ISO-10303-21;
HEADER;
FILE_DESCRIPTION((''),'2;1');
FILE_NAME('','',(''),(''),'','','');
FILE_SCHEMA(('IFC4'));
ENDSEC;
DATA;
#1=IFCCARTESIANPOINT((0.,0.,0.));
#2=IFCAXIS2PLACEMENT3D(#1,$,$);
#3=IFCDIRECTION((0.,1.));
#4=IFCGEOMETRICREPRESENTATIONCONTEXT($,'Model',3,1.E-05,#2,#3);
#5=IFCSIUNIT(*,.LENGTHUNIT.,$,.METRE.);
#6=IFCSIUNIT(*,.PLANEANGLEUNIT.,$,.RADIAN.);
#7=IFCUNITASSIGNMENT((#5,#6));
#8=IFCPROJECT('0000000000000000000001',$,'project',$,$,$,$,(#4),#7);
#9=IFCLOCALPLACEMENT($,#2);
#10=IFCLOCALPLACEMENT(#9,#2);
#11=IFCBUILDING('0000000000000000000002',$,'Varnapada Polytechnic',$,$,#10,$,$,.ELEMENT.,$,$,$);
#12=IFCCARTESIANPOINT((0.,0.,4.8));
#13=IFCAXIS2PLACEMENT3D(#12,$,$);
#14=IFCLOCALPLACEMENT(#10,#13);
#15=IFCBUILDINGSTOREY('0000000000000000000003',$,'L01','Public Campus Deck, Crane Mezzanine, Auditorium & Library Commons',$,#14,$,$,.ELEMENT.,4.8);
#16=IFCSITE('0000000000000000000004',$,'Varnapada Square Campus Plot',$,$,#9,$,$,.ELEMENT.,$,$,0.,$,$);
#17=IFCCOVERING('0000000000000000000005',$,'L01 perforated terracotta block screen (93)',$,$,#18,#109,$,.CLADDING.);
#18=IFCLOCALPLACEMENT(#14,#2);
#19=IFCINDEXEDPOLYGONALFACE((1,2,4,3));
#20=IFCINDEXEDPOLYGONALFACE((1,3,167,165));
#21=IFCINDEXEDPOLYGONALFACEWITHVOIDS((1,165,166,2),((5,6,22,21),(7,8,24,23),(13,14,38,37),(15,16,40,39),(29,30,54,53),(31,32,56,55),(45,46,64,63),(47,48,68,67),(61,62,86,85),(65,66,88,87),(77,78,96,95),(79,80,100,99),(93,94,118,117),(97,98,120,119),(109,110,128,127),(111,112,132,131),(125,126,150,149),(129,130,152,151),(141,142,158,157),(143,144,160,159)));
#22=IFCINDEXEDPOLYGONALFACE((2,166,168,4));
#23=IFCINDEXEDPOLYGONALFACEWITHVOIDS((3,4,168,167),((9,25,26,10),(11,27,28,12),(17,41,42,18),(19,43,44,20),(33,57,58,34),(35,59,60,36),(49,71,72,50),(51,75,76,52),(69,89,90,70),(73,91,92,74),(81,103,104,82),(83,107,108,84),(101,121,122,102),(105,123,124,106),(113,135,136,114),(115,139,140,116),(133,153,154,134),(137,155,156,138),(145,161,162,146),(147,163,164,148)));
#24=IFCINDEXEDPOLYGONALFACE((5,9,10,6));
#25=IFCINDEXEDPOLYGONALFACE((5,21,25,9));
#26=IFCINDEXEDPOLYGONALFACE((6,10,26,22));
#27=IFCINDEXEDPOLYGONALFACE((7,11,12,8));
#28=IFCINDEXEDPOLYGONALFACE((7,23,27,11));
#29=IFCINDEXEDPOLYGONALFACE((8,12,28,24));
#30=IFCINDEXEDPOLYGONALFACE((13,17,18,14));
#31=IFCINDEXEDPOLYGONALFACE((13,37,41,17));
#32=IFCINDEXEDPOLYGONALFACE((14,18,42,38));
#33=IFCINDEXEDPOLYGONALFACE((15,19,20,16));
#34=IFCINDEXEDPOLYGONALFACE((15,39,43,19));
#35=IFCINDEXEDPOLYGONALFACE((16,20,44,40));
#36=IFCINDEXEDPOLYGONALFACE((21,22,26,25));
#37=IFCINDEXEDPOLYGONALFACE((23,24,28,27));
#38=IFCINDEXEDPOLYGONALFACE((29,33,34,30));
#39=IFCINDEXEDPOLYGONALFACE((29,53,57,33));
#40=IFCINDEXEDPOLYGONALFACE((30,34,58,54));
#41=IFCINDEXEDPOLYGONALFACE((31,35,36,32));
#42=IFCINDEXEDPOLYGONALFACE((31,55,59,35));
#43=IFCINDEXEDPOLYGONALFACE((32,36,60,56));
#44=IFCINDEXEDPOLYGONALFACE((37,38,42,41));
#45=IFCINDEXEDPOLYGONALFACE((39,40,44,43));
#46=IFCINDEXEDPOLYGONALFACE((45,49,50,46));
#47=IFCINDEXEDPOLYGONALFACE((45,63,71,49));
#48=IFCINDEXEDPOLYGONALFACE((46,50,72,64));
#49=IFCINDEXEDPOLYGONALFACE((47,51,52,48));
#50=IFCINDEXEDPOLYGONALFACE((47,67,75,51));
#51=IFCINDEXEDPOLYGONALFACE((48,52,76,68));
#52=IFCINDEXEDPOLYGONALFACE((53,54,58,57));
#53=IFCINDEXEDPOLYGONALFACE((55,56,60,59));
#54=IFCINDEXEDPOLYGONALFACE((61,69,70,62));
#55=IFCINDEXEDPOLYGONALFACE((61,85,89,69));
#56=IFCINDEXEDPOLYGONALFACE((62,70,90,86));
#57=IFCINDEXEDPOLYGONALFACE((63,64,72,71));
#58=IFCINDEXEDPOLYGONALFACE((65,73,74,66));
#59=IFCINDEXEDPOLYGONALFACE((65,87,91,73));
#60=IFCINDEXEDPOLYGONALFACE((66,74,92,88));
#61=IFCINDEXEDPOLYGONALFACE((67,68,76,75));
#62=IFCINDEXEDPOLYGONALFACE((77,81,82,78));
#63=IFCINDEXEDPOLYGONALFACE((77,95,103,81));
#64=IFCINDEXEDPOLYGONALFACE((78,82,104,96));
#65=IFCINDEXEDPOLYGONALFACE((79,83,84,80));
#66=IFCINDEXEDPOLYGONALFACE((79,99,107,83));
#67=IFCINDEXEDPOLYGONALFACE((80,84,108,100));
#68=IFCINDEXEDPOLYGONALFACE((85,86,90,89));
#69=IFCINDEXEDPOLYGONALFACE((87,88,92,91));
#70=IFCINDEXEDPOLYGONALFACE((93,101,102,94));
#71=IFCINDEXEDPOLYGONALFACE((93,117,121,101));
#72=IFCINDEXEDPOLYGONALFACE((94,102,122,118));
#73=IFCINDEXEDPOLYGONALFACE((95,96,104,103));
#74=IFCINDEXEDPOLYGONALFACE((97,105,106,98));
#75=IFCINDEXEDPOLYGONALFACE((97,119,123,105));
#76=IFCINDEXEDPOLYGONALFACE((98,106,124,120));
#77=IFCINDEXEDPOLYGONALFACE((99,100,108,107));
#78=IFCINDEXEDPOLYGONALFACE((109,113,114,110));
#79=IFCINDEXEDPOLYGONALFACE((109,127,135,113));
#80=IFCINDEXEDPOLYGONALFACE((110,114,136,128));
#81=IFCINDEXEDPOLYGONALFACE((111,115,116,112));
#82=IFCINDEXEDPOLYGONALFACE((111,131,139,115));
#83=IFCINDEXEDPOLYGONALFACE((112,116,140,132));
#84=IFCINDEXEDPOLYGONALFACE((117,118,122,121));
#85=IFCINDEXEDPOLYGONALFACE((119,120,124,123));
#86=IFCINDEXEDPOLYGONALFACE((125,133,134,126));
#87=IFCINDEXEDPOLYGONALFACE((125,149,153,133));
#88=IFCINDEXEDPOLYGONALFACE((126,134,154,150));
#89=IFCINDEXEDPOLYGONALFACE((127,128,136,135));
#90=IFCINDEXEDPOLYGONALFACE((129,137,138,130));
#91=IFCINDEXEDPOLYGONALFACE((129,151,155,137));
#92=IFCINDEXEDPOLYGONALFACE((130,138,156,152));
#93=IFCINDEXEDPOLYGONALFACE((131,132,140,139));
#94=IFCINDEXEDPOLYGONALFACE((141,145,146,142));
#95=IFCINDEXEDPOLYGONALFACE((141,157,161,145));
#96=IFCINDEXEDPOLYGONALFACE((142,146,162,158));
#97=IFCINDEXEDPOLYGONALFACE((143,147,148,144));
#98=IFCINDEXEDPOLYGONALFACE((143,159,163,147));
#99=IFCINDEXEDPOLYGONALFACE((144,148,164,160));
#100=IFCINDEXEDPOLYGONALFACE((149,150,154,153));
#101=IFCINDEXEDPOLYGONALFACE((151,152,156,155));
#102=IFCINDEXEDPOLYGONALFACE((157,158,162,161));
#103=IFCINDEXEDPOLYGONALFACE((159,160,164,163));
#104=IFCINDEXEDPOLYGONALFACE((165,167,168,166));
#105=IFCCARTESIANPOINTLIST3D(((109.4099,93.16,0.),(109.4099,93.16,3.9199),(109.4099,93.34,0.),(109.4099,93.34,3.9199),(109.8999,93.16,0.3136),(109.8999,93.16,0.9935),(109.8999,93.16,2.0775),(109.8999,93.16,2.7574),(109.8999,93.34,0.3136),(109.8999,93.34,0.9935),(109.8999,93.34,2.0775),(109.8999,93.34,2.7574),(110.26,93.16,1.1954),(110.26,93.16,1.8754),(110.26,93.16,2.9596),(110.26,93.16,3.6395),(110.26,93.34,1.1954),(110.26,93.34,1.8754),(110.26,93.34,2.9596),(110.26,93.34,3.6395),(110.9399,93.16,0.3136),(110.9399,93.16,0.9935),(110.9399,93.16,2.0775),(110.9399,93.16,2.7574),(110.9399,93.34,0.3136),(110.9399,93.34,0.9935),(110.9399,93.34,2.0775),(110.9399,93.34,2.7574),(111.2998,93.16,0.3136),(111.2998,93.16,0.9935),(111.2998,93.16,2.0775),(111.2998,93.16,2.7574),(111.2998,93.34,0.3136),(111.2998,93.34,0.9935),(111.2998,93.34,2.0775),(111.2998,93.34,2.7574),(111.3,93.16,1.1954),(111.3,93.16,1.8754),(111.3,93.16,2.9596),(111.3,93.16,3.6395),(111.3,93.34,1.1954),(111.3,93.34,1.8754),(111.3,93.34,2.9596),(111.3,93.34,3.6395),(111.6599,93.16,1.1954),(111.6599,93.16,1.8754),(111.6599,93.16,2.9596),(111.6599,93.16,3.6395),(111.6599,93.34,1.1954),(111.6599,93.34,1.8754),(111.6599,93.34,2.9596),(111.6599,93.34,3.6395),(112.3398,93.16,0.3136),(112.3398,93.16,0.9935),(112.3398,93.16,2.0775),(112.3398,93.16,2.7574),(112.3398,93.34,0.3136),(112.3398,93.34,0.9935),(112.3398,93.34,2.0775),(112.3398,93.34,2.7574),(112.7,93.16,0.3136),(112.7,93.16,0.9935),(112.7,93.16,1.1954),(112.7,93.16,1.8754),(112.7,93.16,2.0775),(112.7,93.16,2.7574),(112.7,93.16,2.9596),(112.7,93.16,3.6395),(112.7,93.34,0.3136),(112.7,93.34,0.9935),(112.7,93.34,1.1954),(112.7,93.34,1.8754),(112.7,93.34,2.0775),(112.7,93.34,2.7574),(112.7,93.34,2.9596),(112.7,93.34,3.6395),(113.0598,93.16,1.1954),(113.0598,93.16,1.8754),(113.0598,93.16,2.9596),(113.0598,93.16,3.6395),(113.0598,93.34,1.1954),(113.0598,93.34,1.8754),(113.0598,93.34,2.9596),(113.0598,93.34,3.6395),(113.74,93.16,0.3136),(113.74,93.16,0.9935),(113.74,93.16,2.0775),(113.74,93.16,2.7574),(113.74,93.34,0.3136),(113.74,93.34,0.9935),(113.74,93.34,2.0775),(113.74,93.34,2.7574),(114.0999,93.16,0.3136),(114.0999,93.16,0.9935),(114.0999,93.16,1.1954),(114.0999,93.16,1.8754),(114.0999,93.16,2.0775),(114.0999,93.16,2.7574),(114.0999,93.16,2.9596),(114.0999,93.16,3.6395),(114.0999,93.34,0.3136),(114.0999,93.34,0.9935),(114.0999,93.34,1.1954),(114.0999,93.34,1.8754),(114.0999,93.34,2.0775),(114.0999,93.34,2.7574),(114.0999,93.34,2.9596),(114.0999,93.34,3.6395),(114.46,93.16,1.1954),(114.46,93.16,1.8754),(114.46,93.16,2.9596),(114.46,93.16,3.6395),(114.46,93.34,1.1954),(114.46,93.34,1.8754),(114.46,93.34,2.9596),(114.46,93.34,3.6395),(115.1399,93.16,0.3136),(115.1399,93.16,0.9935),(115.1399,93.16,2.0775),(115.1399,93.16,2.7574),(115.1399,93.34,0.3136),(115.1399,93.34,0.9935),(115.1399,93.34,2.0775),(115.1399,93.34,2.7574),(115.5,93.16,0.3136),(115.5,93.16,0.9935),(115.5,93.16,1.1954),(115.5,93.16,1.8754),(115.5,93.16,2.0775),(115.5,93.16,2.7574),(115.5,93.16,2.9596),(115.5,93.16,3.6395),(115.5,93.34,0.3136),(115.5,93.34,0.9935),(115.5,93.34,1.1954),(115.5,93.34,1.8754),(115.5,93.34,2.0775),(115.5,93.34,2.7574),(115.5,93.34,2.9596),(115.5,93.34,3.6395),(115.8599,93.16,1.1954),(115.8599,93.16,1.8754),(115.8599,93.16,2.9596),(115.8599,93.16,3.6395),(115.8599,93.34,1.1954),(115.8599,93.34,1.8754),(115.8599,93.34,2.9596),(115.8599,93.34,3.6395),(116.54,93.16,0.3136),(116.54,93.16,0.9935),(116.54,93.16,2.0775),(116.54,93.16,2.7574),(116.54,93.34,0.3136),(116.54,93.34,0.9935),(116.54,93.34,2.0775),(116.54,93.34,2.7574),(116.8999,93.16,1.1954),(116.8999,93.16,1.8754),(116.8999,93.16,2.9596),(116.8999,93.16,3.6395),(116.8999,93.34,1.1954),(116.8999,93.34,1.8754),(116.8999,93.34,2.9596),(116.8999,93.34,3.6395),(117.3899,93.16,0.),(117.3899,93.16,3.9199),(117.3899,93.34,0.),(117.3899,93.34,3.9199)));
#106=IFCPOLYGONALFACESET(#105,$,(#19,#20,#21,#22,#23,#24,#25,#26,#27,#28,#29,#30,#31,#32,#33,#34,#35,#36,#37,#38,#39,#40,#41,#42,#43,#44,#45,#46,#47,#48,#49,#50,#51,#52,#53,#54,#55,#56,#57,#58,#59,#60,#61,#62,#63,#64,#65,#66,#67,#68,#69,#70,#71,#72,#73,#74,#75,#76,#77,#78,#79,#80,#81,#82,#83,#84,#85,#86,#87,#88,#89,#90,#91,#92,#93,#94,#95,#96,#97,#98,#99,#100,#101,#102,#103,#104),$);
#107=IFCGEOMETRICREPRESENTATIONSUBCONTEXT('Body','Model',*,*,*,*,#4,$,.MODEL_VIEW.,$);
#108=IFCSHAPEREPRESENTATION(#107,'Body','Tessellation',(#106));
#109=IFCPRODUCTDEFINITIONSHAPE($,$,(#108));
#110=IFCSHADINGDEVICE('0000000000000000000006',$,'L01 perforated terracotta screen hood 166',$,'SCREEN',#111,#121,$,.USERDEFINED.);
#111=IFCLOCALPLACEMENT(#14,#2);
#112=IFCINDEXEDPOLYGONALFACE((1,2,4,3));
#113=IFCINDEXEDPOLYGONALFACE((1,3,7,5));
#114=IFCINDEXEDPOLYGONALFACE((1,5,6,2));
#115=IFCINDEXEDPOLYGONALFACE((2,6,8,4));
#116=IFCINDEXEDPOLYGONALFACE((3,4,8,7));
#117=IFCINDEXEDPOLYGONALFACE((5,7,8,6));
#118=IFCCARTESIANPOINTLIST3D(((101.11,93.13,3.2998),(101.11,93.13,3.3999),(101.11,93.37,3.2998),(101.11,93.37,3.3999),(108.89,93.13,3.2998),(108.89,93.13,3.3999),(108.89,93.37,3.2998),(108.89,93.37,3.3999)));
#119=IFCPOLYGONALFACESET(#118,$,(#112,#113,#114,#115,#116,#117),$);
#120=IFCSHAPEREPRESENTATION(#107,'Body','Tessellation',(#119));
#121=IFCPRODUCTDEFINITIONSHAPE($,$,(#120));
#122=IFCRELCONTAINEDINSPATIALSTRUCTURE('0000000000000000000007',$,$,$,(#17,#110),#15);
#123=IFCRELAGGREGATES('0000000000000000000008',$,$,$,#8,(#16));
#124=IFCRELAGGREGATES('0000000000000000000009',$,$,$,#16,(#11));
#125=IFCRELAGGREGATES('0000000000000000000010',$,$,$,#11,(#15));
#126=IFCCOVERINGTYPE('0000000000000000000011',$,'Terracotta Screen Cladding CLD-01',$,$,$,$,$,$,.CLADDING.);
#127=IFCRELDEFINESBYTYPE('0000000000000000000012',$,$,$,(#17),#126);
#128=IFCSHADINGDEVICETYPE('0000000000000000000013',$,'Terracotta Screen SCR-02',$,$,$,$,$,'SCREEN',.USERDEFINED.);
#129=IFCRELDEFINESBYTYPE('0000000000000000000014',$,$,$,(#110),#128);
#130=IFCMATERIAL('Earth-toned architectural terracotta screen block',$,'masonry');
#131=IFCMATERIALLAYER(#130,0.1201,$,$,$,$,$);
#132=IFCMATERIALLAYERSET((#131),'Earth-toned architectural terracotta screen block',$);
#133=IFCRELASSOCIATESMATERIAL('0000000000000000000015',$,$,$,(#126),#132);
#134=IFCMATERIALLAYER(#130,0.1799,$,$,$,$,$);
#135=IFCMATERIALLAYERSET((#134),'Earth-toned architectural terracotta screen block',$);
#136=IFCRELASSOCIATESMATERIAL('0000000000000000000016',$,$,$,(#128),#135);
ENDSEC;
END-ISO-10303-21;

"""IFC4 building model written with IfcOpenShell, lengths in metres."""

from ifc_helpers import new_model, si_unit, direction, frame, frame_2d, origin, origin_2d, place, context, subcontext, project, spatial, rectangle, extrude, material, layer, layer_set, type_object, element, save


model = new_model("IFC4")

# Units and contexts
model_context = context("Model", 3, precision=1e-05, world=origin(), true_north=direction((0.0, 1.0)))
body_context = subcontext(model_context, "Body", "Model", "MODEL_VIEW")
ifc_project = project(units=[si_unit("LENGTHUNIT", "METRE"), si_unit("PLANEANGLEUNIT", "RADIAN")], contexts=[model_context])

# Site, building, storey
site_placement = place(None, origin())
site = spatial("IfcSite", under=ifc_project, at=site_placement, Name="Varnapada Square Campus Plot", CompositionType="ELEMENT", RefElevation=0.0)
building_placement = place(site_placement, origin())
building = spatial("IfcBuilding", under=site, at=building_placement, Name="Varnapada Polytechnic", CompositionType="ELEMENT")
storey_placement = place(building_placement, frame((0.0, 0.0, 4.8)))
storey = spatial("IfcBuildingStorey", under=building, at=storey_placement, Name="L01", Description="Public Campus Deck, Crane Mezzanine, Auditorium & Library Commons", CompositionType="ELEMENT", Elevation=4.8)

# Covering, openings
ifc_material_1 = material(Name="Earth-toned architectural terracotta screen block", Category="masonry")
ifc_layer_1 = layer(ifc_material_1, 0.1201)
ifc_layer_set_1 = layer_set([ifc_layer_1], Name="Earth-toned architectural terracotta screen block")
covering_type = type_object("IfcCoveringType", Name="Terracotta Screen Cladding CLD-01", PredefinedType="CLADDING", material=ifc_layer_set_1)
covering_placement = place(storey_placement, frame((109.4099, 93.25, 0.0), z_axis=(0.0, 0.0, 1.0), x_axis=(1.0, 0.0, 0.0)))
covering = element("IfcCovering", 1, at=covering_placement, inside=storey, type_object=covering_type, Name="L01 perforated terracotta block screen (93)", PredefinedType="CLADDING", context=body_context, shape_type="SweptSolid", body=[
    extrude(rectangle(XDim=7.98, YDim=0.1799, at=frame_2d((3.99, 0.0))), origin(), (0.0, 0.0, 1.0), 3.9199),
])
opening_1_placement = place(covering_placement, frame((0.49, 0.0, 0.3137)))
element("IfcOpeningElement", 2, at=opening_1_placement, cuts=covering, PredefinedType="OPENING", context=body_context, shape_type="SweptSolid", body=[
    extrude(rectangle(XDim=1.04, YDim=0.6799, at=frame_2d((0.52, 0.3398))), frame((0.0, 0.0999, 0.0), z_axis=(0.0, -1.0, 0.0), x_axis=(1.0, 0.0, 0.0)), (0.0, 0.0, 1.0), 0.2),
])
opening_2_placement = place(covering_placement, frame((1.8899, 0.0, 0.3137)))
element("IfcOpeningElement", 3, at=opening_2_placement, cuts=covering, PredefinedType="OPENING", context=body_context, shape_type="SweptSolid", body=[
    extrude(rectangle(XDim=1.04, YDim=0.6799, at=frame_2d((0.52, 0.3398))), frame((0.0, 0.0999, 0.0), z_axis=(0.0, -1.0, 0.0), x_axis=(1.0, 0.0, 0.0)), (0.0, 0.0, 1.0), 0.2),
])
opening_3_placement = place(covering_placement, frame((3.29, 0.0, 0.3137)))
element("IfcOpeningElement", 4, at=opening_3_placement, cuts=covering, PredefinedType="OPENING", context=body_context, shape_type="SweptSolid", body=[
    extrude(rectangle(XDim=1.04, YDim=0.6799, at=frame_2d((0.52, 0.3398))), frame((0.0, 0.0999, 0.0), z_axis=(0.0, -1.0, 0.0), x_axis=(1.0, 0.0, 0.0)), (0.0, 0.0, 1.0), 0.2),
])
opening_4_placement = place(covering_placement, frame((4.6899, 0.0, 0.3137)))
element("IfcOpeningElement", 5, at=opening_4_placement, cuts=covering, PredefinedType="OPENING", context=body_context, shape_type="SweptSolid", body=[
    extrude(rectangle(XDim=1.04, YDim=0.6799, at=frame_2d((0.52, 0.3398))), frame((0.0, 0.0999, 0.0), z_axis=(0.0, -1.0, 0.0), x_axis=(1.0, 0.0, 0.0)), (0.0, 0.0, 1.0), 0.2),
])
opening_5_placement = place(covering_placement, frame((6.0901, 0.0, 0.3137)))
element("IfcOpeningElement", 6, at=opening_5_placement, cuts=covering, PredefinedType="OPENING", context=body_context, shape_type="SweptSolid", body=[
    extrude(rectangle(XDim=1.04, YDim=0.6799, at=frame_2d((0.52, 0.3398))), frame((0.0, 0.0999, 0.0), z_axis=(0.0, -1.0, 0.0), x_axis=(1.0, 0.0, 0.0)), (0.0, 0.0, 1.0), 0.2),
])
opening_6_placement = place(covering_placement, frame((0.8501, 0.0, 1.1956)))
element("IfcOpeningElement", 7, at=opening_6_placement, cuts=covering, PredefinedType="OPENING", context=body_context, shape_type="SweptSolid", body=[
    extrude(rectangle(XDim=1.04, YDim=0.6799, at=frame_2d((0.52, 0.3398))), frame((0.0, 0.0999, 0.0), z_axis=(0.0, -1.0, 0.0), x_axis=(1.0, 0.0, 0.0)), (0.0, 0.0, 1.0), 0.2),
])
opening_7_placement = place(covering_placement, frame((2.25, 0.0, 1.1956)))
element("IfcOpeningElement", 8, at=opening_7_placement, cuts=covering, PredefinedType="OPENING", context=body_context, shape_type="SweptSolid", body=[
    extrude(rectangle(XDim=1.04, YDim=0.6799, at=frame_2d((0.52, 0.3398))), frame((0.0, 0.0999, 0.0), z_axis=(0.0, -1.0, 0.0), x_axis=(1.0, 0.0, 0.0)), (0.0, 0.0, 1.0), 0.2),
])
opening_8_placement = place(covering_placement, frame((3.6499, 0.0, 1.1956)))
element("IfcOpeningElement", 9, at=opening_8_placement, cuts=covering, PredefinedType="OPENING", context=body_context, shape_type="SweptSolid", body=[
    extrude(rectangle(XDim=1.04, YDim=0.6799, at=frame_2d((0.52, 0.3398))), frame((0.0, 0.0999, 0.0), z_axis=(0.0, -1.0, 0.0), x_axis=(1.0, 0.0, 0.0)), (0.0, 0.0, 1.0), 0.2),
])
opening_9_placement = place(covering_placement, frame((5.05, 0.0, 1.1956)))
element("IfcOpeningElement", 10, at=opening_9_placement, cuts=covering, PredefinedType="OPENING", context=body_context, shape_type="SweptSolid", body=[
    extrude(rectangle(XDim=1.04, YDim=0.6799, at=frame_2d((0.52, 0.3398))), frame((0.0, 0.0999, 0.0), z_axis=(0.0, -1.0, 0.0), x_axis=(1.0, 0.0, 0.0)), (0.0, 0.0, 1.0), 0.2),
])
opening_10_placement = place(covering_placement, frame((6.45, 0.0, 1.1956)))
element("IfcOpeningElement", 11, at=opening_10_placement, cuts=covering, PredefinedType="OPENING", context=body_context, shape_type="SweptSolid", body=[
    extrude(rectangle(XDim=1.04, YDim=0.6799, at=frame_2d((0.52, 0.3398))), frame((0.0, 0.0999, 0.0), z_axis=(0.0, -1.0, 0.0), x_axis=(1.0, 0.0, 0.0)), (0.0, 0.0, 1.0), 0.2),
])
opening_11_placement = place(covering_placement, frame((0.49, 0.0, 2.0776)))
element("IfcOpeningElement", 12, at=opening_11_placement, cuts=covering, PredefinedType="OPENING", context=body_context, shape_type="SweptSolid", body=[
    extrude(rectangle(XDim=1.04, YDim=0.6799, at=frame_2d((0.52, 0.3398))), frame((0.0, 0.0999, 0.0), z_axis=(0.0, -1.0, 0.0), x_axis=(1.0, 0.0, 0.0)), (0.0, 0.0, 1.0), 0.2),
])
opening_12_placement = place(covering_placement, frame((1.8899, 0.0, 2.0776)))
element("IfcOpeningElement", 13, at=opening_12_placement, cuts=covering, PredefinedType="OPENING", context=body_context, shape_type="SweptSolid", body=[
    extrude(rectangle(XDim=1.04, YDim=0.6799, at=frame_2d((0.52, 0.3398))), frame((0.0, 0.0999, 0.0), z_axis=(0.0, -1.0, 0.0), x_axis=(1.0, 0.0, 0.0)), (0.0, 0.0, 1.0), 0.2),
])
opening_13_placement = place(covering_placement, frame((3.29, 0.0, 2.0776)))
element("IfcOpeningElement", 14, at=opening_13_placement, cuts=covering, PredefinedType="OPENING", context=body_context, shape_type="SweptSolid", body=[
    extrude(rectangle(XDim=1.04, YDim=0.6799, at=frame_2d((0.52, 0.3398))), frame((0.0, 0.0999, 0.0), z_axis=(0.0, -1.0, 0.0), x_axis=(1.0, 0.0, 0.0)), (0.0, 0.0, 1.0), 0.2),
])
opening_14_placement = place(covering_placement, frame((4.6899, 0.0, 2.0776)))
element("IfcOpeningElement", 15, at=opening_14_placement, cuts=covering, PredefinedType="OPENING", context=body_context, shape_type="SweptSolid", body=[
    extrude(rectangle(XDim=1.04, YDim=0.6799, at=frame_2d((0.52, 0.3398))), frame((0.0, 0.0999, 0.0), z_axis=(0.0, -1.0, 0.0), x_axis=(1.0, 0.0, 0.0)), (0.0, 0.0, 1.0), 0.2),
])
opening_15_placement = place(covering_placement, frame((6.0901, 0.0, 2.0776)))
element("IfcOpeningElement", 16, at=opening_15_placement, cuts=covering, PredefinedType="OPENING", context=body_context, shape_type="SweptSolid", body=[
    extrude(rectangle(XDim=1.04, YDim=0.6799, at=frame_2d((0.52, 0.3398))), frame((0.0, 0.0999, 0.0), z_axis=(0.0, -1.0, 0.0), x_axis=(1.0, 0.0, 0.0)), (0.0, 0.0, 1.0), 0.2),
])
opening_16_placement = place(covering_placement, frame((0.8501, 0.0, 2.9597)))
element("IfcOpeningElement", 17, at=opening_16_placement, cuts=covering, PredefinedType="OPENING", context=body_context, shape_type="SweptSolid", body=[
    extrude(rectangle(XDim=1.04, YDim=0.6799, at=frame_2d((0.52, 0.3398))), frame((0.0, 0.0999, 0.0), z_axis=(0.0, -1.0, 0.0), x_axis=(1.0, 0.0, 0.0)), (0.0, 0.0, 1.0), 0.2),
])
opening_17_placement = place(covering_placement, frame((2.25, 0.0, 2.9597)))
element("IfcOpeningElement", 18, at=opening_17_placement, cuts=covering, PredefinedType="OPENING", context=body_context, shape_type="SweptSolid", body=[
    extrude(rectangle(XDim=1.04, YDim=0.6799, at=frame_2d((0.52, 0.3398))), frame((0.0, 0.0999, 0.0), z_axis=(0.0, -1.0, 0.0), x_axis=(1.0, 0.0, 0.0)), (0.0, 0.0, 1.0), 0.2),
])
opening_18_placement = place(covering_placement, frame((3.6499, 0.0, 2.9597)))
element("IfcOpeningElement", 19, at=opening_18_placement, cuts=covering, PredefinedType="OPENING", context=body_context, shape_type="SweptSolid", body=[
    extrude(rectangle(XDim=1.04, YDim=0.6799, at=frame_2d((0.52, 0.3398))), frame((0.0, 0.0999, 0.0), z_axis=(0.0, -1.0, 0.0), x_axis=(1.0, 0.0, 0.0)), (0.0, 0.0, 1.0), 0.2),
])
opening_19_placement = place(covering_placement, frame((5.05, 0.0, 2.9597)))
element("IfcOpeningElement", 20, at=opening_19_placement, cuts=covering, PredefinedType="OPENING", context=body_context, shape_type="SweptSolid", body=[
    extrude(rectangle(XDim=1.04, YDim=0.6799, at=frame_2d((0.52, 0.3398))), frame((0.0, 0.0999, 0.0), z_axis=(0.0, -1.0, 0.0), x_axis=(1.0, 0.0, 0.0)), (0.0, 0.0, 1.0), 0.2),
])
opening_20_placement = place(covering_placement, frame((6.45, 0.0, 2.9597)))
element("IfcOpeningElement", 21, at=opening_20_placement, cuts=covering, PredefinedType="OPENING", context=body_context, shape_type="SweptSolid", body=[
    extrude(rectangle(XDim=1.04, YDim=0.6799, at=frame_2d((0.52, 0.3398))), frame((0.0, 0.0999, 0.0), z_axis=(0.0, -1.0, 0.0), x_axis=(1.0, 0.0, 0.0)), (0.0, 0.0, 1.0), 0.2),
])

# Shading device
ifc_layer_2 = layer(ifc_material_1, 0.1799)
ifc_layer_set_2 = layer_set([ifc_layer_2], Name="Earth-toned architectural terracotta screen block")
shading_device_type = type_object("IfcShadingDeviceType", Name="Terracotta Screen SCR-02", ElementType="SCREEN", PredefinedType="USERDEFINED", material=ifc_layer_set_2)
shading_device_placement = place(storey_placement, frame((105.0, 93.25, 3.2998), z_axis=(0.0, 0.0, 1.0), x_axis=(1.0, 0.0, 0.0)))
element("IfcShadingDevice", 22, at=shading_device_placement, inside=storey, type_object=shading_device_type, Name="L01 perforated terracotta screen hood 166", ObjectType="SCREEN", PredefinedType="USERDEFINED", context=body_context, shape_type="SweptSolid", body=[
    extrude(rectangle(XDim=7.78, YDim=0.24, at=origin_2d()), origin(), (0.0, 0.0, 1.0), 0.1001),
])

save(model, "model.ifc")
